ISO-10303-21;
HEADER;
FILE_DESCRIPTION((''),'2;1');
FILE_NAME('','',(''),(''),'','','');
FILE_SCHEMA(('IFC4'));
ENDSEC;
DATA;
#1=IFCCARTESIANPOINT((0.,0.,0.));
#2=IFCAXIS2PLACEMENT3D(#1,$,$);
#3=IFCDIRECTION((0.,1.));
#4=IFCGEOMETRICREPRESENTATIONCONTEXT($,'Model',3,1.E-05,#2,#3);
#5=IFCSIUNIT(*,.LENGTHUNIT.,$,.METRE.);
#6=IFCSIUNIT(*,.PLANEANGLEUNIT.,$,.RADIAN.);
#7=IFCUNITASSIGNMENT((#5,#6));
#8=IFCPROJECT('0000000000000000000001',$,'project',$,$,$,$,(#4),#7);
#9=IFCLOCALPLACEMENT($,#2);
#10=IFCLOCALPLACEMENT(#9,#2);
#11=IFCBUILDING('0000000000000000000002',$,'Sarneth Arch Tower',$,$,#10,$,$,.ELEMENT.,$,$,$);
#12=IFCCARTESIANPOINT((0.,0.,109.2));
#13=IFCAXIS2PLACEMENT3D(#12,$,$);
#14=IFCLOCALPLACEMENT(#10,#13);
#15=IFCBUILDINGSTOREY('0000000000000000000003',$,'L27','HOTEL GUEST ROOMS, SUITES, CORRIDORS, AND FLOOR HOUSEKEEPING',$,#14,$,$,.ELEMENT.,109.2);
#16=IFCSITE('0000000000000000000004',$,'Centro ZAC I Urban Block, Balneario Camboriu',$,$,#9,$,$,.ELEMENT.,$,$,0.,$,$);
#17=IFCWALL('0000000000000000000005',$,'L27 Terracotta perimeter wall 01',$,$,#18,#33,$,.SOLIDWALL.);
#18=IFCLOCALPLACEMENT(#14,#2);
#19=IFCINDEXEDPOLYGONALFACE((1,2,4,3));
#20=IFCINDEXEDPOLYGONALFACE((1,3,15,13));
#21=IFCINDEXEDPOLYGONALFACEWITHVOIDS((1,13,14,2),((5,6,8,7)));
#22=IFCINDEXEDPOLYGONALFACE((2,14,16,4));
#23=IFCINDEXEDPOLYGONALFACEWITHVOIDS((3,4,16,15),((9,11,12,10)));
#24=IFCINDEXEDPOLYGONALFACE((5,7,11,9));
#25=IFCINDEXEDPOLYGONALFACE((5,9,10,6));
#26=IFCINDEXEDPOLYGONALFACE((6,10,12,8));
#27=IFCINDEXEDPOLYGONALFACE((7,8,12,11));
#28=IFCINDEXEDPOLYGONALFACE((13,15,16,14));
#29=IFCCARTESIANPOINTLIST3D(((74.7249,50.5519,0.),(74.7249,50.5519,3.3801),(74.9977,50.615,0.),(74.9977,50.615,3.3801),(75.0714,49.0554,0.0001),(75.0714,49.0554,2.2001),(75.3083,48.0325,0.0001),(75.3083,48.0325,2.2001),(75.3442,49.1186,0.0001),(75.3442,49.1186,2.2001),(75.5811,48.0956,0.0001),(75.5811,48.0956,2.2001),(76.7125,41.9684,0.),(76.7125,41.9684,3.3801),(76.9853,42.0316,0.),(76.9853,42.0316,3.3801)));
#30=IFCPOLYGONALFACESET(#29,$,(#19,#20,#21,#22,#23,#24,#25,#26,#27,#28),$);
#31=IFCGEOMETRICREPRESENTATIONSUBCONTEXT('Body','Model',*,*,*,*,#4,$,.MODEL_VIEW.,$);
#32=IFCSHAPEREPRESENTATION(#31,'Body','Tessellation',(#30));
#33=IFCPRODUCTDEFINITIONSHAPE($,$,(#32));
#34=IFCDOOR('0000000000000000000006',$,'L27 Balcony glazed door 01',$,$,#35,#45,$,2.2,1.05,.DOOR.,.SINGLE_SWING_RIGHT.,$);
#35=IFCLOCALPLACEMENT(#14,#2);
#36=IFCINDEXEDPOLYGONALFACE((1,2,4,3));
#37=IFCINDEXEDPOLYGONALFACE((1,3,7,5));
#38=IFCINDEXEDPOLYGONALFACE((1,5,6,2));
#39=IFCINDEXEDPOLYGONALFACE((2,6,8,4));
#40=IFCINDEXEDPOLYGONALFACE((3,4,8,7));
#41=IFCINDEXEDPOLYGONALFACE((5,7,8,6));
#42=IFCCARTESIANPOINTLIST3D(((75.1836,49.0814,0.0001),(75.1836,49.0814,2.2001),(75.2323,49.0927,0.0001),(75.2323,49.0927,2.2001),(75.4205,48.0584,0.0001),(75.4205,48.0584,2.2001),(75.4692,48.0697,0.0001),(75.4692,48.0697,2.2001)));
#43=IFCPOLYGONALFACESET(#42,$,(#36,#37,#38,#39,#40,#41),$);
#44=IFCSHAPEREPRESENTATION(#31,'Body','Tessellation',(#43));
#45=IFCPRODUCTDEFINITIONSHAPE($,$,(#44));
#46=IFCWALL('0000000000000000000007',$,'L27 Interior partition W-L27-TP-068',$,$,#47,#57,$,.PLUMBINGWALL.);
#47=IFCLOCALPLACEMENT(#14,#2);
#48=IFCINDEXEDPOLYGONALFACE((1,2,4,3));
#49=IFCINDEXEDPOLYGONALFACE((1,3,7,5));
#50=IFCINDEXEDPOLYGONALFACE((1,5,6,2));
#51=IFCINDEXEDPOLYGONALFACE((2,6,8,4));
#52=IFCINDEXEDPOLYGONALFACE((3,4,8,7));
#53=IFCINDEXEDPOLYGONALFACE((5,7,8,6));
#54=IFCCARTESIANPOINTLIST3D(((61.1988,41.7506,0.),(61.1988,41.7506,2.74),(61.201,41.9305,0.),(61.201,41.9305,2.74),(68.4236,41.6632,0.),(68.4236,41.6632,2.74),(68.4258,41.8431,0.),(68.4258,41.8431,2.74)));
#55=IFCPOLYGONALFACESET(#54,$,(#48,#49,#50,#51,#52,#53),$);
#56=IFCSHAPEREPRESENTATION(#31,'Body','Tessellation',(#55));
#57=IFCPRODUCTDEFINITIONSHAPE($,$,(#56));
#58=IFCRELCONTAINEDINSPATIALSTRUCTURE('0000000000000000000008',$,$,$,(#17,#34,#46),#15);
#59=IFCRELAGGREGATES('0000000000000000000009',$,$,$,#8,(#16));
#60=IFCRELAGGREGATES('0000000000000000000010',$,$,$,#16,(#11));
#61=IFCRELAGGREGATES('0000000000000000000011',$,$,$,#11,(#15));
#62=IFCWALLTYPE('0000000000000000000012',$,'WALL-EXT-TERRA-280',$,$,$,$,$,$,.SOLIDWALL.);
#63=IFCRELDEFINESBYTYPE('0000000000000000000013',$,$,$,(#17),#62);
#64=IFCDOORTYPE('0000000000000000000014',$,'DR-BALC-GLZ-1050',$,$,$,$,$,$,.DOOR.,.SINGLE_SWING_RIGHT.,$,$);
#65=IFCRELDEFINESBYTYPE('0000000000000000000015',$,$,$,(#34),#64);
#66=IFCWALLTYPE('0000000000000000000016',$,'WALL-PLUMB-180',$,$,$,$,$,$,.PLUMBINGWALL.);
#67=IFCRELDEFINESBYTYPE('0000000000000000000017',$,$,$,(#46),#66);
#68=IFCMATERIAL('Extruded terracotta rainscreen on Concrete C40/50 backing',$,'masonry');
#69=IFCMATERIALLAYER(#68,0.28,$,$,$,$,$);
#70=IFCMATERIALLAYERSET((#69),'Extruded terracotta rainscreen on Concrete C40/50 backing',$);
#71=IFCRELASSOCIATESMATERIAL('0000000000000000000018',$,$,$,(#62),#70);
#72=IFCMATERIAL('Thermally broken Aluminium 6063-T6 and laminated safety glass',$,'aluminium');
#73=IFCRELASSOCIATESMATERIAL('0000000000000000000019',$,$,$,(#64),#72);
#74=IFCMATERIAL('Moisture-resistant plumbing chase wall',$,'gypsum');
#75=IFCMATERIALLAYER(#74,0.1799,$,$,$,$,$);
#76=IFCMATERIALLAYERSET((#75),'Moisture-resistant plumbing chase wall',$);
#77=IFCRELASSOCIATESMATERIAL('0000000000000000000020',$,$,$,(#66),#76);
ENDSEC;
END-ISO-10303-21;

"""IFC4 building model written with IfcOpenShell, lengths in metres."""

from ifc_helpers import new_model, si_unit, direction, frame, frame_2d, origin, place, context, subcontext, project, spatial, rectangle, extrude, material, layer, layer_set, type_object, element, fill, save


model = new_model("IFC4")

# Units and contexts
model_context = context("Model", 3, precision=1e-05, world=origin(), true_north=direction((0.0, 1.0)))
body_context = subcontext(model_context, "Body", "Model", "MODEL_VIEW")
ifc_project = project(units=[si_unit("LENGTHUNIT", "METRE"), si_unit("PLANEANGLEUNIT", "RADIAN")], contexts=[model_context])

# Site, building, storey
site_placement = place(None, origin())
site = spatial("IfcSite", under=ifc_project, at=site_placement, Name="Centro ZAC I Urban Block, Balneario Camboriu", CompositionType="ELEMENT", RefElevation=0.0)
building_placement = place(site_placement, origin())
building = spatial("IfcBuilding", under=site, at=building_placement, Name="Sarneth Arch Tower", CompositionType="ELEMENT")
storey_placement = place(building_placement, frame((0.0, 0.0, 109.2)))
storey = spatial("IfcBuildingStorey", under=building, at=storey_placement, Name="L27", Description="HOTEL GUEST ROOMS, SUITES, CORRIDORS, AND FLOOR HOUSEKEEPING", CompositionType="ELEMENT", Elevation=109.2)

# Wall, opening, door
ifc_material_1 = material(Name="Extruded terracotta rainscreen on Concrete C40/50 backing", Category="masonry")
ifc_layer_1 = layer(ifc_material_1, 0.28)
ifc_layer_set_1 = layer_set([ifc_layer_1], Name="Extruded terracotta rainscreen on Concrete C40/50 backing")
wall_type_1 = type_object("IfcWallType", Name="WALL-EXT-TERRA-280", PredefinedType="SOLIDWALL", material=ifc_layer_set_1)
wall_1_placement = place(storey_placement, frame((76.8489, 42.0, 0.0), z_axis=(0.0, 0.0, 1.0), x_axis=(-0.225586, 0.974223, 0.0)))
wall_1 = element("IfcWall", 1, at=wall_1_placement, inside=storey, type_object=wall_type_1, Name="L27 Terracotta perimeter wall 01", PredefinedType="SOLIDWALL", context=body_context, shape_type="SweptSolid", body=[
    extrude(rectangle(XDim=8.8105, YDim=0.28, at=frame_2d((4.4053, 0.0))), origin(), (0.0, 0.0, 1.0), 3.3801),
])
opening_placement = place(wall_1_placement, frame((6.2246, 0.0, 0.0)))
opening = element("IfcOpeningElement", 2, at=opening_placement, cuts=wall_1, PredefinedType="OPENING", context=body_context, shape_type="SweptSolid", body=[
    extrude(rectangle(XDim=1.05, YDim=2.2, at=frame_2d((0.5249, 1.1001))), frame((0.0, 0.1499, 0.0), z_axis=(0.0, -1.0, 0.0), x_axis=(1.0, 0.0, 0.0)), (0.0, 0.0, 1.0), 0.3),
])
ifc_material_2 = material(Name="Thermally broken Aluminium 6063-T6 and laminated safety glass", Category="aluminium")
door_type = type_object("IfcDoorType", Name="DR-BALC-GLZ-1050", OperationType="SINGLE_SWING_RIGHT", PredefinedType="DOOR", material=ifc_material_2)
door_placement = place(opening_placement, origin())
door = element("IfcDoor", 3, at=door_placement, inside=storey, type_object=door_type, Name="L27 Balcony glazed door 01", OperationType="SINGLE_SWING_RIGHT", OverallHeight=2.2, OverallWidth=1.05, PredefinedType="DOOR", context=body_context, shape_type="SweptSolid", body=[
    extrude(rectangle(XDim=1.05, YDim=2.2, at=frame_2d((0.5249, 1.1001))), frame((0.0, 0.0249, 0.0), z_axis=(0.0, -1.0, 0.0), x_axis=(1.0, 0.0, 0.0)), (0.0, 0.0, 1.0), 0.05),
])
fill(opening, door)

# Wall
ifc_material_3 = material(Name="Moisture-resistant plumbing chase wall", Category="gypsum")
ifc_layer_2 = layer(ifc_material_3, 0.1799)
ifc_layer_set_2 = layer_set([ifc_layer_2], Name="Moisture-resistant plumbing chase wall")
wall_type_2 = type_object("IfcWallType", Name="WALL-PLUMB-180", PredefinedType="PLUMBINGWALL", material=ifc_layer_set_2)
wall_2_placement = place(storey_placement, frame((68.4248, 41.7532, 0.0), z_axis=(0.0, 0.0, 1.0), x_axis=(-0.999927, 0.012097, 0.0)))
element("IfcWall", 4, at=wall_2_placement, inside=storey, type_object=wall_type_2, Name="L27 Interior partition W-L27-TP-068", PredefinedType="PLUMBINGWALL", context=body_context, shape_type="SweptSolid", body=[
    extrude(rectangle(XDim=7.2253, YDim=0.1799, at=frame_2d((3.6128, 0.0))), origin(), (0.0, 0.0, 1.0), 2.74),
])

save(model, "model.ifc")
